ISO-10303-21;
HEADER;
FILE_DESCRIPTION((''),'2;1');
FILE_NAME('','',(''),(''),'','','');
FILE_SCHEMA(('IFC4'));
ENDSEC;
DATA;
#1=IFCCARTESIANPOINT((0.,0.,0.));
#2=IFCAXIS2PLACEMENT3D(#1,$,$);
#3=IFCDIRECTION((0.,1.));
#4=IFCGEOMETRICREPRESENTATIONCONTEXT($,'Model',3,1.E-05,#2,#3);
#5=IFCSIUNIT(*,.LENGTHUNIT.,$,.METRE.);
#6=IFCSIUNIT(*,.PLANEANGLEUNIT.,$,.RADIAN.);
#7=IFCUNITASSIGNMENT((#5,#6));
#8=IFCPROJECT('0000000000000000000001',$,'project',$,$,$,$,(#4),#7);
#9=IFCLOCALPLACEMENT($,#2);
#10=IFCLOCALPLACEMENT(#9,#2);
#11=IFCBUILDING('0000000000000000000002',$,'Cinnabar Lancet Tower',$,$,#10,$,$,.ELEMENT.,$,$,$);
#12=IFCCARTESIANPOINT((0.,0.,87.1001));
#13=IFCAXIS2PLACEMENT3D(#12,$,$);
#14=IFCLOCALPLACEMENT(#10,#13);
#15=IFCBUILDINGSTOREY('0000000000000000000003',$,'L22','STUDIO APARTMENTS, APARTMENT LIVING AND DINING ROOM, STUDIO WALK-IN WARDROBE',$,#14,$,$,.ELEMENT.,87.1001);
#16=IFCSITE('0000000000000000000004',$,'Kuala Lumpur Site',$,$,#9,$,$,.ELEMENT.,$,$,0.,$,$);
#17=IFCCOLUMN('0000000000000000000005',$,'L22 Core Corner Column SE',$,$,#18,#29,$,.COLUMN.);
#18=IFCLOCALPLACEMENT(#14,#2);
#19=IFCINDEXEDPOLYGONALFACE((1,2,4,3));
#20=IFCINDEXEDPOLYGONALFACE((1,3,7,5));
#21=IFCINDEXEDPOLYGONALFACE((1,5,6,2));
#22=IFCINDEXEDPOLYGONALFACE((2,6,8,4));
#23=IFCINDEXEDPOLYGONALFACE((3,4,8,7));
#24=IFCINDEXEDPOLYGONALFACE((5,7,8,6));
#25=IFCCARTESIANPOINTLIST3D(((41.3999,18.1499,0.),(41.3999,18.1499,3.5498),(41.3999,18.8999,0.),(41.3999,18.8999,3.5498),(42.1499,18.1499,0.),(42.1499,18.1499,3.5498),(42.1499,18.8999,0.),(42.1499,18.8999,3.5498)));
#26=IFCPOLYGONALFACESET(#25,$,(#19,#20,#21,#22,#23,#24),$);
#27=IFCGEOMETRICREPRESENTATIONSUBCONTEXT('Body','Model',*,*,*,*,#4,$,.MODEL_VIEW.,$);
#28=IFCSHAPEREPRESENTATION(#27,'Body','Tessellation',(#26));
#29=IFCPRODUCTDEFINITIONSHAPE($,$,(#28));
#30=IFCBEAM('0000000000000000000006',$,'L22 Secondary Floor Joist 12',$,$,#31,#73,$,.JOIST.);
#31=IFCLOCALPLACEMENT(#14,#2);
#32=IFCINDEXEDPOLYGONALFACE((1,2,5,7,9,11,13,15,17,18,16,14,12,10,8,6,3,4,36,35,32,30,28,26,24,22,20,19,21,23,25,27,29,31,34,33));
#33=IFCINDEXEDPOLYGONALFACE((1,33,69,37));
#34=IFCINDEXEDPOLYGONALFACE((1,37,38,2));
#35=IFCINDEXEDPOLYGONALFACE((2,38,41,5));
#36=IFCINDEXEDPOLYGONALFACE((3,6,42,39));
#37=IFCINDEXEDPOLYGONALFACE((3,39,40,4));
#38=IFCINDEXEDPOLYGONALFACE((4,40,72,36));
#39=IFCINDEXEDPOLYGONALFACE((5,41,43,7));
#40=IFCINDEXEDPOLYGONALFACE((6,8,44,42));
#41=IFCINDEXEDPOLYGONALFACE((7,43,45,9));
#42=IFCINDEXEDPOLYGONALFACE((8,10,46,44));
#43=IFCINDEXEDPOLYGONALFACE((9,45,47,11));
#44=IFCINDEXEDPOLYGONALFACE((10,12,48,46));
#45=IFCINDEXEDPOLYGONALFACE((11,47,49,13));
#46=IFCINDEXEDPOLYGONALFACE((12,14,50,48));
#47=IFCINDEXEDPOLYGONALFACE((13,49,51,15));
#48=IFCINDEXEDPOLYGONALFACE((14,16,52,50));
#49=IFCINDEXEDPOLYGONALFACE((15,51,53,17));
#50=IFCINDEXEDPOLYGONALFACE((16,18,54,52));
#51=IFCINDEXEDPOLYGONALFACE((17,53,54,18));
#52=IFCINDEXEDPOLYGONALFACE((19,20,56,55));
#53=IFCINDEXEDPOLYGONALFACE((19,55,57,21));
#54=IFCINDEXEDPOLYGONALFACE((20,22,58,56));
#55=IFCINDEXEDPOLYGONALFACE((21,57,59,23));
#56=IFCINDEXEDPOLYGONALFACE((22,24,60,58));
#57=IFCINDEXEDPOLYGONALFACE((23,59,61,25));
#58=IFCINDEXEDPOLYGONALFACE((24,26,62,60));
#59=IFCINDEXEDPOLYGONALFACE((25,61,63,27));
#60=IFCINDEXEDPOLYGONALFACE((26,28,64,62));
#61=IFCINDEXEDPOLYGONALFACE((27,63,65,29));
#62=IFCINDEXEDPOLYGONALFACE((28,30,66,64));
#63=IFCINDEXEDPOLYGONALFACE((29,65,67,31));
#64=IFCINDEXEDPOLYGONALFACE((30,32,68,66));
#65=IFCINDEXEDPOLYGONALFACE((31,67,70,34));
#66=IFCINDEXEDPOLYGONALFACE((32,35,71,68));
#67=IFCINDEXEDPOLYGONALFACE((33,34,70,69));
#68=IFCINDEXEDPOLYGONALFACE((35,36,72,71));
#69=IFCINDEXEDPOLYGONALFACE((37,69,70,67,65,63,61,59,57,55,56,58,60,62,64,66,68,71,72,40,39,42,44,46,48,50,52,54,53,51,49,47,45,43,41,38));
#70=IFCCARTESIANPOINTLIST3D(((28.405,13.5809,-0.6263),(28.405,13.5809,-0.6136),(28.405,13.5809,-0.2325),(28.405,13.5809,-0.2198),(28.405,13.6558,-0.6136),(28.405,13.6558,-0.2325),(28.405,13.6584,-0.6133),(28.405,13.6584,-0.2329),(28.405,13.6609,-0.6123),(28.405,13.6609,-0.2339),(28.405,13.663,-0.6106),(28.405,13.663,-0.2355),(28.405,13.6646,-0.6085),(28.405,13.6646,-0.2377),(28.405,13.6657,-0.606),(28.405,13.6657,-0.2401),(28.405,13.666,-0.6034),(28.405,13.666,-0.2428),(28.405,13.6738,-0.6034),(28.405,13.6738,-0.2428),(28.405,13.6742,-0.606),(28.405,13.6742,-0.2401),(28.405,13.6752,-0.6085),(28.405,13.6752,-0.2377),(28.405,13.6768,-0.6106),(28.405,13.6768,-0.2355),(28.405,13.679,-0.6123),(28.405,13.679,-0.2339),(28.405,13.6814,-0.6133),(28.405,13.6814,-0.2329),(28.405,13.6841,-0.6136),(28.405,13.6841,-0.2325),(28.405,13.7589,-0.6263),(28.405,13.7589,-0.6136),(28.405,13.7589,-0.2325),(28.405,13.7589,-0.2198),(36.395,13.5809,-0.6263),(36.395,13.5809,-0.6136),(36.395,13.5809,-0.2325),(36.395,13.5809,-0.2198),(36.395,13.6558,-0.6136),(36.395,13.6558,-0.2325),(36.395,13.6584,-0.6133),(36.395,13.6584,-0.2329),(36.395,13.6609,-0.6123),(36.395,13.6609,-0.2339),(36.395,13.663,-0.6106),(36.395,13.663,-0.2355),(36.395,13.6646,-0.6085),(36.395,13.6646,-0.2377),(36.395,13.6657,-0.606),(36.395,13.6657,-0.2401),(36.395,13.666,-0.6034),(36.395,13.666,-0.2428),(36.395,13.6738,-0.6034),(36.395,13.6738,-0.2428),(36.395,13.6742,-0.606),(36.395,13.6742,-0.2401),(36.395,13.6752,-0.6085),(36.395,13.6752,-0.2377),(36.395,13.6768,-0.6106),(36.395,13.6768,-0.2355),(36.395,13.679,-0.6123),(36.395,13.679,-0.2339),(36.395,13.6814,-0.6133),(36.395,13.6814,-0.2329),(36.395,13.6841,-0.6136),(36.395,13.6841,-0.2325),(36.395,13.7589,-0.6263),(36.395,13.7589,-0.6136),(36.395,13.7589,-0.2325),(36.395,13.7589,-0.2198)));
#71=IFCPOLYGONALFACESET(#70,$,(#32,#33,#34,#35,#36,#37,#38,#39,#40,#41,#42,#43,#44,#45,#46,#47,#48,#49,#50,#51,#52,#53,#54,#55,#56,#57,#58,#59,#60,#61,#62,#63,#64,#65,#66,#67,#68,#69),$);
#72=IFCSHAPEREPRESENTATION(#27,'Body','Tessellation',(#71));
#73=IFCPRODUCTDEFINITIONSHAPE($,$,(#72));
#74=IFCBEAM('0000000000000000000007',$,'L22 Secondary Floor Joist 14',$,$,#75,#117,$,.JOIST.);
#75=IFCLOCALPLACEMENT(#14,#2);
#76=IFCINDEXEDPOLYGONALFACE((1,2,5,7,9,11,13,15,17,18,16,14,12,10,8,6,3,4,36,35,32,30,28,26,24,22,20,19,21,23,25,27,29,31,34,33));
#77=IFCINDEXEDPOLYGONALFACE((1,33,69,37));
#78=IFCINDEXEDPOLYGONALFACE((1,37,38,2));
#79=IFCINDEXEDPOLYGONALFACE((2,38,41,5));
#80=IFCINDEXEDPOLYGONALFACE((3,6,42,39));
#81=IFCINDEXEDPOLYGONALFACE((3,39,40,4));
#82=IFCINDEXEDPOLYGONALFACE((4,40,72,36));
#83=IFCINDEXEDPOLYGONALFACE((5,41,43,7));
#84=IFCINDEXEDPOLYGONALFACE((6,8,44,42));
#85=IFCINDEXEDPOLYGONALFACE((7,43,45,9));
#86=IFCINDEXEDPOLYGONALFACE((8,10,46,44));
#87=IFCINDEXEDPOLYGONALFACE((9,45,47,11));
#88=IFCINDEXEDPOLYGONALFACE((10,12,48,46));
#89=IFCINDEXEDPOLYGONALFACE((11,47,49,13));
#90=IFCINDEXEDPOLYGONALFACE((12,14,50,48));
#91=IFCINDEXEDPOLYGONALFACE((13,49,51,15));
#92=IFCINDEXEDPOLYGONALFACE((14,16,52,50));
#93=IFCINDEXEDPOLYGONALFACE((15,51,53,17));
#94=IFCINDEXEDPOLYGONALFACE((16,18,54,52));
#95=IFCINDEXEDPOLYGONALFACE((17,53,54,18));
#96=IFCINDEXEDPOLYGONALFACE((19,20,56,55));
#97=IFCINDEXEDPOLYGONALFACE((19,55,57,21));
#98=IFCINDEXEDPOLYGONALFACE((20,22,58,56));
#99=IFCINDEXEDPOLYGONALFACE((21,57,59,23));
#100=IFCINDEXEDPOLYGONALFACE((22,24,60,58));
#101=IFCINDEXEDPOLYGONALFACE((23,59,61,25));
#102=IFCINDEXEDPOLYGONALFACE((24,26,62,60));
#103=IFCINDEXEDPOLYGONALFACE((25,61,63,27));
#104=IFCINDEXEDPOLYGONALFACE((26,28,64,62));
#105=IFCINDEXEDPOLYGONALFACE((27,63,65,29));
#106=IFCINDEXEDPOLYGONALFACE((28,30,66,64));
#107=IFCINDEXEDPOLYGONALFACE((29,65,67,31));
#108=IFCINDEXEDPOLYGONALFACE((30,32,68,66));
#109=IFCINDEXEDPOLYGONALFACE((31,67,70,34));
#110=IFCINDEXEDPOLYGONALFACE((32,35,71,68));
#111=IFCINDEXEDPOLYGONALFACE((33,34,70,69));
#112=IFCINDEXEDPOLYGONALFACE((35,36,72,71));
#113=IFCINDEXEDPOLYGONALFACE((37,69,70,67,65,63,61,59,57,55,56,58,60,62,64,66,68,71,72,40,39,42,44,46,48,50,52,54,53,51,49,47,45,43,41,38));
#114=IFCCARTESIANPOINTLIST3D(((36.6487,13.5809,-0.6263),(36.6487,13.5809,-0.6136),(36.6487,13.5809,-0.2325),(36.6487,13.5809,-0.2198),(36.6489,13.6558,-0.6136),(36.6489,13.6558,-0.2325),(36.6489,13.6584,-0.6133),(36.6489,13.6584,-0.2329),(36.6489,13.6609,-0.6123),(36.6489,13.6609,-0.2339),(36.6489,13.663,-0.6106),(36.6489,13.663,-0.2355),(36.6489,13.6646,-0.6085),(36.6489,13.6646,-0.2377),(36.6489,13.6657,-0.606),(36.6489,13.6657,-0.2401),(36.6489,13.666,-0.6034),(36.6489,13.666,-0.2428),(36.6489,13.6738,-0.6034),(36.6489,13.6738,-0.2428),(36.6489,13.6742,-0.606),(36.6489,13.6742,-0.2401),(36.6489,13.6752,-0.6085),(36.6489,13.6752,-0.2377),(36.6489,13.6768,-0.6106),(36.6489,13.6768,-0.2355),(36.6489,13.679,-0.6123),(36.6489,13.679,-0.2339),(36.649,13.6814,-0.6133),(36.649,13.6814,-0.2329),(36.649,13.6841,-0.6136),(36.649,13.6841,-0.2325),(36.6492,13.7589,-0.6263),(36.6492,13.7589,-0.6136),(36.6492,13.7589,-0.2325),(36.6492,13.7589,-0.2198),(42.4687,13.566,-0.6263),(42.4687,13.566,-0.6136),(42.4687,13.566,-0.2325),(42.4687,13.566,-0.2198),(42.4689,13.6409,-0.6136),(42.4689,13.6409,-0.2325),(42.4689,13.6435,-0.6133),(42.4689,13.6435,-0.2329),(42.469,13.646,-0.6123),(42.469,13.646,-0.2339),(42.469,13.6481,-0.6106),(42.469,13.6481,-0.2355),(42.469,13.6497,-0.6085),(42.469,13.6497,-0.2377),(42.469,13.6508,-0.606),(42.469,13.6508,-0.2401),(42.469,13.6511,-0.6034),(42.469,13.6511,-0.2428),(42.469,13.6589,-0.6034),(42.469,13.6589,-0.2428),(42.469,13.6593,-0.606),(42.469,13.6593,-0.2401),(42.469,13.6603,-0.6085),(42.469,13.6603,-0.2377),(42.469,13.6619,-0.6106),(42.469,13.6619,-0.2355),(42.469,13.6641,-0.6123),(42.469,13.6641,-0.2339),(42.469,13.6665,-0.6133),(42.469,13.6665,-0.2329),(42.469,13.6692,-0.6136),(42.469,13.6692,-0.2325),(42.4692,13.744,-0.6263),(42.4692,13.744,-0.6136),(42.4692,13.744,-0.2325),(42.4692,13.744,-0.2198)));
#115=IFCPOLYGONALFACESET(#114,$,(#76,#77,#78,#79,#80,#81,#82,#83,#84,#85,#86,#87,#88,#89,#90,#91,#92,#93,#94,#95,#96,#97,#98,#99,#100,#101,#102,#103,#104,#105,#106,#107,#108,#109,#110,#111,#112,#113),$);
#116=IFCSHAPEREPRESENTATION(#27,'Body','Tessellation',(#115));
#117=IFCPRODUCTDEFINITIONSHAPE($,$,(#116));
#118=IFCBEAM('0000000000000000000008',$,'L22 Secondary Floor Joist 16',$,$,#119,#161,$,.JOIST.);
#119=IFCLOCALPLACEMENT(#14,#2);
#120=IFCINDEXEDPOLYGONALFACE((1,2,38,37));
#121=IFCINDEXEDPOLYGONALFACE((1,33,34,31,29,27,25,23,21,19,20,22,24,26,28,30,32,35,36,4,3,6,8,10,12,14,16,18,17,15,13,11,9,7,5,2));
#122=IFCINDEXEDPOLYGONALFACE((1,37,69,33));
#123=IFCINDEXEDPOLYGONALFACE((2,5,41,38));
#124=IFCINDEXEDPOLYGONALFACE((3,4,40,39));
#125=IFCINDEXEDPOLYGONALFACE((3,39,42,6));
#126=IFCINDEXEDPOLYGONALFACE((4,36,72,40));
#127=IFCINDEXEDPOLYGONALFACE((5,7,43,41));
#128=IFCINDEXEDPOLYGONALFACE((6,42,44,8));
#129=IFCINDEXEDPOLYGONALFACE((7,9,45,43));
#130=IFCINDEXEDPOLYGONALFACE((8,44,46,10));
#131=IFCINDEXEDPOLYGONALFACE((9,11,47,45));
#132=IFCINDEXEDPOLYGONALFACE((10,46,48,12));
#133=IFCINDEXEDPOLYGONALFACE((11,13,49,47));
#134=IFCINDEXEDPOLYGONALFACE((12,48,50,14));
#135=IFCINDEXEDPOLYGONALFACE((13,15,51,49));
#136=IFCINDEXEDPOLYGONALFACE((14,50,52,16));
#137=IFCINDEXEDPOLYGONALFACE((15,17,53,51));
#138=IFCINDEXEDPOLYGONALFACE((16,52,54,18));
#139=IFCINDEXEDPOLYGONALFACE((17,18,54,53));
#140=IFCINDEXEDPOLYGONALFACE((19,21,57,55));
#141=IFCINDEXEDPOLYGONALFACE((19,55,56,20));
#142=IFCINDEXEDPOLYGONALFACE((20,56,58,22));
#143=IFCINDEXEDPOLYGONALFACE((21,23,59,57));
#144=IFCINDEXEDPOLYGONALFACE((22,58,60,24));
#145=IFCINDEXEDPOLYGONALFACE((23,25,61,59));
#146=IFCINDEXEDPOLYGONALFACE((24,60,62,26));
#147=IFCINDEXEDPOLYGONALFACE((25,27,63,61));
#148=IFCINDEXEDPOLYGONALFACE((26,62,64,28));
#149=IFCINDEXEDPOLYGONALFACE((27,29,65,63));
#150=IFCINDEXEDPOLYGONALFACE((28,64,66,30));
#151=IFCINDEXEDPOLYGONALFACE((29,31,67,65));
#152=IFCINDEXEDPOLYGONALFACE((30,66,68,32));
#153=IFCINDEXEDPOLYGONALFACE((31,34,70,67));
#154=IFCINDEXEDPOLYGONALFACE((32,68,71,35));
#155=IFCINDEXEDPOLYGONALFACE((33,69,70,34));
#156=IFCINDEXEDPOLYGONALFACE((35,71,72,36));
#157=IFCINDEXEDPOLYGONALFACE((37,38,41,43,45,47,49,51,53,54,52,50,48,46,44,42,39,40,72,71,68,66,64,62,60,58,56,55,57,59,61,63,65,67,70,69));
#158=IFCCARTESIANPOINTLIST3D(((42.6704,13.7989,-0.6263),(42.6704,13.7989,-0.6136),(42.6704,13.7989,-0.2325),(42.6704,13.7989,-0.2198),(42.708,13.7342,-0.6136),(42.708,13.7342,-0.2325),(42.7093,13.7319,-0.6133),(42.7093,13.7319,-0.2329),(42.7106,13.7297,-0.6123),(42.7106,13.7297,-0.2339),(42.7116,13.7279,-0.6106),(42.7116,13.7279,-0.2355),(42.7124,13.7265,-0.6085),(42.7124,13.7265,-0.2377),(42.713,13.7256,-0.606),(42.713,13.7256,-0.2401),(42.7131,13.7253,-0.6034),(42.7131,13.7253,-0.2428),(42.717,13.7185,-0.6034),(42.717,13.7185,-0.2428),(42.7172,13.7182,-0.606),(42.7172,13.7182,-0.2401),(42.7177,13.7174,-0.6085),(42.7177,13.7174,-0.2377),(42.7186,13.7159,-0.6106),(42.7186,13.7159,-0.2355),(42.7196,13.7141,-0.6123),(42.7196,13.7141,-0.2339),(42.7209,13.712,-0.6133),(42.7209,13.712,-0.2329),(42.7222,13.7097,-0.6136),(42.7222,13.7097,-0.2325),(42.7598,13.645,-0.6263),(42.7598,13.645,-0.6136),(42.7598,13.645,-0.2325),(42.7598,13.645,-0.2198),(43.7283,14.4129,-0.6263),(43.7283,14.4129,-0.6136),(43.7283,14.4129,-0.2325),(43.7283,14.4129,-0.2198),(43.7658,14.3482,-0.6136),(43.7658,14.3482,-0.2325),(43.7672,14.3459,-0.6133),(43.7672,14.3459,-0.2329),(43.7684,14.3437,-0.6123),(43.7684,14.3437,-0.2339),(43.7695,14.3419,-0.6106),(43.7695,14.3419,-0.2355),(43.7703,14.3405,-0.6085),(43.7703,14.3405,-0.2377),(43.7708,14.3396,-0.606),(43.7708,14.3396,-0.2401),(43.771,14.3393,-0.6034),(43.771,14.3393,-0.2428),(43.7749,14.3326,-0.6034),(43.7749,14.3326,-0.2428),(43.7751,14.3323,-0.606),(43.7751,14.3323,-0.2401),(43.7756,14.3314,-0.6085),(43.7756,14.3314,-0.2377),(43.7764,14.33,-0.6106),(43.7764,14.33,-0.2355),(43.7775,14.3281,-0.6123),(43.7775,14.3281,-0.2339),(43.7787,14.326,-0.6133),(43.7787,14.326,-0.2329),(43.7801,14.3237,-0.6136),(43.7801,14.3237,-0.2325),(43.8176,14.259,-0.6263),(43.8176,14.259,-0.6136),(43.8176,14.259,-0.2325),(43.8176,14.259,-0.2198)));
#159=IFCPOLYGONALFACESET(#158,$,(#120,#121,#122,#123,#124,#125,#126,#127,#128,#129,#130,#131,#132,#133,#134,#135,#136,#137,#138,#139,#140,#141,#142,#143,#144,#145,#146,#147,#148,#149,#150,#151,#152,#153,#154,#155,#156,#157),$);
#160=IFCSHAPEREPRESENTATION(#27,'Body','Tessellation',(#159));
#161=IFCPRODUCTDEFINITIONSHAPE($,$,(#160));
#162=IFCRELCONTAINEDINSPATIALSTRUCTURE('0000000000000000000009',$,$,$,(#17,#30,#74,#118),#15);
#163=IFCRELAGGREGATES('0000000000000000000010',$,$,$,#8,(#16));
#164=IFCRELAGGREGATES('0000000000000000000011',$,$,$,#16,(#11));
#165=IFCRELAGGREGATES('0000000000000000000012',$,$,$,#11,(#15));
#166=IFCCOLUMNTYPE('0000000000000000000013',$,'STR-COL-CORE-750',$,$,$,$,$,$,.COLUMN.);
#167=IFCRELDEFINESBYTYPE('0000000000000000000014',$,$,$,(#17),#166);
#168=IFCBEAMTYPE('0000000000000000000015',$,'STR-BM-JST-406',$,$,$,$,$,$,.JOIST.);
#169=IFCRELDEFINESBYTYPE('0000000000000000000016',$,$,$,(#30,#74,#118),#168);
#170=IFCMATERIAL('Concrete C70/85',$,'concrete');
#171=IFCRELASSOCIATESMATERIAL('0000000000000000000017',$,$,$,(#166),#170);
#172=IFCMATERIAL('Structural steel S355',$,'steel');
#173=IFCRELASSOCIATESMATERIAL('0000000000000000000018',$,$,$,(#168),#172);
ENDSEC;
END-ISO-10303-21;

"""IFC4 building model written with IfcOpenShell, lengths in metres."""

from ifc_helpers import new_model, si_unit, direction, frame, origin, origin_2d, place, context, subcontext, project, spatial, rectangle, i_section, extrude, material, material_profile, profile_set, type_object, element, save


model = new_model("IFC4")

# Units and contexts
model_context = context("Model", 3, precision=1e-05, world=origin(), true_north=direction((0.0, 1.0)))
body_context = subcontext(model_context, "Body", "Model", "MODEL_VIEW")
ifc_project = project(units=[si_unit("LENGTHUNIT", "METRE"), si_unit("PLANEANGLEUNIT", "RADIAN")], contexts=[model_context])

# Site, building, storey
site_placement = place(None, origin())
site = spatial("IfcSite", under=ifc_project, at=site_placement, Name="Kuala Lumpur Site", CompositionType="ELEMENT", RefElevation=0.0)
building_placement = place(site_placement, origin())
building = spatial("IfcBuilding", under=site, at=building_placement, Name="Cinnabar Lancet Tower", CompositionType="ELEMENT")
storey_placement = place(building_placement, frame((0.0, 0.0, 87.1001)))
storey = spatial("IfcBuildingStorey", under=building, at=storey_placement, Name="L22", Description="STUDIO APARTMENTS, APARTMENT LIVING AND DINING ROOM, STUDIO WALK-IN WARDROBE", CompositionType="ELEMENT", Elevation=87.1001)

# Column
ifc_material_1 = material(Name="Concrete C70/85", Category="concrete")
ifc_material_profile_1 = material_profile(ifc_material_1, rectangle(XDim=0.75, YDim=0.75, at=origin_2d()), Name="RC-COL 750x750")
ifc_profile_set_1 = profile_set([ifc_material_profile_1], Name="Concrete C70/85")
column_type = type_object("IfcColumnType", Name="STR-COL-CORE-750", PredefinedType="COLUMN", material=ifc_profile_set_1)
column_placement = place(storey_placement, frame((41.7749, 18.5249, 0.0), z_axis=(0.0, 0.0, 1.0), x_axis=(1.0, 0.0, 0.0)))
element("IfcColumn", 1, at=column_placement, inside=storey, type_object=column_type, Name="L22 Core Corner Column SE", PredefinedType="COLUMN", context=body_context, shape_type="SweptSolid", body=[
    extrude(rectangle(XDim=0.75, YDim=0.75, at=origin_2d()), origin(), (0.0, 0.0, 1.0), 3.5498),
])

# Beams
ifc_material_2 = material(Name="Structural steel S355", Category="steel")
ifc_material_profile_2 = material_profile(ifc_material_2, i_section(OverallWidth=0.178, OverallDepth=0.4065, WebThickness=0.0078, FlangeThickness=0.0127, FilletRadius=0.0103, at=origin_2d()), Name="UKB 406x178x60")
ifc_profile_set_2 = profile_set([ifc_material_profile_2], Name="Structural steel S355")
beam_type_1 = type_object("IfcBeamType", Name="STR-BM-JST-406", PredefinedType="JOIST", material=ifc_profile_set_2)
beam_1_placement = place(storey_placement, frame((28.405, 13.6699, -0.4231), z_axis=(1.0, 0.0, 0.0), x_axis=(0.0, 1.0, 0.0)))
element("IfcBeam", 2, at=beam_1_placement, inside=storey, type_object=beam_type_1, Name="L22 Secondary Floor Joist 12", PredefinedType="JOIST", context=body_context, shape_type="SweptSolid", body=[
    extrude(i_section(OverallWidth=0.178, OverallDepth=0.4065, WebThickness=0.0078, FlangeThickness=0.0127, FilletRadius=0.0103, at=origin_2d()), origin(), (0.0, 0.0, 1.0), 7.99),
])
beam_2_placement = place(storey_placement, frame((36.6489, 13.6699, -0.4231), z_axis=(0.999997, -0.002559, 0.0), x_axis=(0.002559, 0.999997, 0.0)))
element("IfcBeam", 3, at=beam_2_placement, inside=storey, type_object=beam_type_1, Name="L22 Secondary Floor Joist 14", PredefinedType="JOIST", context=body_context, shape_type="SweptSolid", body=[
    extrude(i_section(OverallWidth=0.178, OverallDepth=0.4065, WebThickness=0.0078, FlangeThickness=0.0127, FilletRadius=0.0103, at=origin_2d()), origin(), (0.0, 0.0, 1.0), 5.8201),
])
beam_3_placement = place(storey_placement, frame((42.7151, 13.7219, -0.4231), z_axis=(0.86487, 0.501996, 0.0), x_axis=(-0.501996, 0.86487, 0.0)))
element("IfcBeam", 4, at=beam_3_placement, inside=storey, type_object=beam_type_1, Name="L22 Secondary Floor Joist 16", PredefinedType="JOIST", context=body_context, shape_type="SweptSolid", body=[
    extrude(i_section(OverallWidth=0.178, OverallDepth=0.4065, WebThickness=0.0078, FlangeThickness=0.0127, FilletRadius=0.0103, at=origin_2d()), origin(), (0.0, 0.0, 1.0), 1.2231),
])

save(model, "model.ifc")
